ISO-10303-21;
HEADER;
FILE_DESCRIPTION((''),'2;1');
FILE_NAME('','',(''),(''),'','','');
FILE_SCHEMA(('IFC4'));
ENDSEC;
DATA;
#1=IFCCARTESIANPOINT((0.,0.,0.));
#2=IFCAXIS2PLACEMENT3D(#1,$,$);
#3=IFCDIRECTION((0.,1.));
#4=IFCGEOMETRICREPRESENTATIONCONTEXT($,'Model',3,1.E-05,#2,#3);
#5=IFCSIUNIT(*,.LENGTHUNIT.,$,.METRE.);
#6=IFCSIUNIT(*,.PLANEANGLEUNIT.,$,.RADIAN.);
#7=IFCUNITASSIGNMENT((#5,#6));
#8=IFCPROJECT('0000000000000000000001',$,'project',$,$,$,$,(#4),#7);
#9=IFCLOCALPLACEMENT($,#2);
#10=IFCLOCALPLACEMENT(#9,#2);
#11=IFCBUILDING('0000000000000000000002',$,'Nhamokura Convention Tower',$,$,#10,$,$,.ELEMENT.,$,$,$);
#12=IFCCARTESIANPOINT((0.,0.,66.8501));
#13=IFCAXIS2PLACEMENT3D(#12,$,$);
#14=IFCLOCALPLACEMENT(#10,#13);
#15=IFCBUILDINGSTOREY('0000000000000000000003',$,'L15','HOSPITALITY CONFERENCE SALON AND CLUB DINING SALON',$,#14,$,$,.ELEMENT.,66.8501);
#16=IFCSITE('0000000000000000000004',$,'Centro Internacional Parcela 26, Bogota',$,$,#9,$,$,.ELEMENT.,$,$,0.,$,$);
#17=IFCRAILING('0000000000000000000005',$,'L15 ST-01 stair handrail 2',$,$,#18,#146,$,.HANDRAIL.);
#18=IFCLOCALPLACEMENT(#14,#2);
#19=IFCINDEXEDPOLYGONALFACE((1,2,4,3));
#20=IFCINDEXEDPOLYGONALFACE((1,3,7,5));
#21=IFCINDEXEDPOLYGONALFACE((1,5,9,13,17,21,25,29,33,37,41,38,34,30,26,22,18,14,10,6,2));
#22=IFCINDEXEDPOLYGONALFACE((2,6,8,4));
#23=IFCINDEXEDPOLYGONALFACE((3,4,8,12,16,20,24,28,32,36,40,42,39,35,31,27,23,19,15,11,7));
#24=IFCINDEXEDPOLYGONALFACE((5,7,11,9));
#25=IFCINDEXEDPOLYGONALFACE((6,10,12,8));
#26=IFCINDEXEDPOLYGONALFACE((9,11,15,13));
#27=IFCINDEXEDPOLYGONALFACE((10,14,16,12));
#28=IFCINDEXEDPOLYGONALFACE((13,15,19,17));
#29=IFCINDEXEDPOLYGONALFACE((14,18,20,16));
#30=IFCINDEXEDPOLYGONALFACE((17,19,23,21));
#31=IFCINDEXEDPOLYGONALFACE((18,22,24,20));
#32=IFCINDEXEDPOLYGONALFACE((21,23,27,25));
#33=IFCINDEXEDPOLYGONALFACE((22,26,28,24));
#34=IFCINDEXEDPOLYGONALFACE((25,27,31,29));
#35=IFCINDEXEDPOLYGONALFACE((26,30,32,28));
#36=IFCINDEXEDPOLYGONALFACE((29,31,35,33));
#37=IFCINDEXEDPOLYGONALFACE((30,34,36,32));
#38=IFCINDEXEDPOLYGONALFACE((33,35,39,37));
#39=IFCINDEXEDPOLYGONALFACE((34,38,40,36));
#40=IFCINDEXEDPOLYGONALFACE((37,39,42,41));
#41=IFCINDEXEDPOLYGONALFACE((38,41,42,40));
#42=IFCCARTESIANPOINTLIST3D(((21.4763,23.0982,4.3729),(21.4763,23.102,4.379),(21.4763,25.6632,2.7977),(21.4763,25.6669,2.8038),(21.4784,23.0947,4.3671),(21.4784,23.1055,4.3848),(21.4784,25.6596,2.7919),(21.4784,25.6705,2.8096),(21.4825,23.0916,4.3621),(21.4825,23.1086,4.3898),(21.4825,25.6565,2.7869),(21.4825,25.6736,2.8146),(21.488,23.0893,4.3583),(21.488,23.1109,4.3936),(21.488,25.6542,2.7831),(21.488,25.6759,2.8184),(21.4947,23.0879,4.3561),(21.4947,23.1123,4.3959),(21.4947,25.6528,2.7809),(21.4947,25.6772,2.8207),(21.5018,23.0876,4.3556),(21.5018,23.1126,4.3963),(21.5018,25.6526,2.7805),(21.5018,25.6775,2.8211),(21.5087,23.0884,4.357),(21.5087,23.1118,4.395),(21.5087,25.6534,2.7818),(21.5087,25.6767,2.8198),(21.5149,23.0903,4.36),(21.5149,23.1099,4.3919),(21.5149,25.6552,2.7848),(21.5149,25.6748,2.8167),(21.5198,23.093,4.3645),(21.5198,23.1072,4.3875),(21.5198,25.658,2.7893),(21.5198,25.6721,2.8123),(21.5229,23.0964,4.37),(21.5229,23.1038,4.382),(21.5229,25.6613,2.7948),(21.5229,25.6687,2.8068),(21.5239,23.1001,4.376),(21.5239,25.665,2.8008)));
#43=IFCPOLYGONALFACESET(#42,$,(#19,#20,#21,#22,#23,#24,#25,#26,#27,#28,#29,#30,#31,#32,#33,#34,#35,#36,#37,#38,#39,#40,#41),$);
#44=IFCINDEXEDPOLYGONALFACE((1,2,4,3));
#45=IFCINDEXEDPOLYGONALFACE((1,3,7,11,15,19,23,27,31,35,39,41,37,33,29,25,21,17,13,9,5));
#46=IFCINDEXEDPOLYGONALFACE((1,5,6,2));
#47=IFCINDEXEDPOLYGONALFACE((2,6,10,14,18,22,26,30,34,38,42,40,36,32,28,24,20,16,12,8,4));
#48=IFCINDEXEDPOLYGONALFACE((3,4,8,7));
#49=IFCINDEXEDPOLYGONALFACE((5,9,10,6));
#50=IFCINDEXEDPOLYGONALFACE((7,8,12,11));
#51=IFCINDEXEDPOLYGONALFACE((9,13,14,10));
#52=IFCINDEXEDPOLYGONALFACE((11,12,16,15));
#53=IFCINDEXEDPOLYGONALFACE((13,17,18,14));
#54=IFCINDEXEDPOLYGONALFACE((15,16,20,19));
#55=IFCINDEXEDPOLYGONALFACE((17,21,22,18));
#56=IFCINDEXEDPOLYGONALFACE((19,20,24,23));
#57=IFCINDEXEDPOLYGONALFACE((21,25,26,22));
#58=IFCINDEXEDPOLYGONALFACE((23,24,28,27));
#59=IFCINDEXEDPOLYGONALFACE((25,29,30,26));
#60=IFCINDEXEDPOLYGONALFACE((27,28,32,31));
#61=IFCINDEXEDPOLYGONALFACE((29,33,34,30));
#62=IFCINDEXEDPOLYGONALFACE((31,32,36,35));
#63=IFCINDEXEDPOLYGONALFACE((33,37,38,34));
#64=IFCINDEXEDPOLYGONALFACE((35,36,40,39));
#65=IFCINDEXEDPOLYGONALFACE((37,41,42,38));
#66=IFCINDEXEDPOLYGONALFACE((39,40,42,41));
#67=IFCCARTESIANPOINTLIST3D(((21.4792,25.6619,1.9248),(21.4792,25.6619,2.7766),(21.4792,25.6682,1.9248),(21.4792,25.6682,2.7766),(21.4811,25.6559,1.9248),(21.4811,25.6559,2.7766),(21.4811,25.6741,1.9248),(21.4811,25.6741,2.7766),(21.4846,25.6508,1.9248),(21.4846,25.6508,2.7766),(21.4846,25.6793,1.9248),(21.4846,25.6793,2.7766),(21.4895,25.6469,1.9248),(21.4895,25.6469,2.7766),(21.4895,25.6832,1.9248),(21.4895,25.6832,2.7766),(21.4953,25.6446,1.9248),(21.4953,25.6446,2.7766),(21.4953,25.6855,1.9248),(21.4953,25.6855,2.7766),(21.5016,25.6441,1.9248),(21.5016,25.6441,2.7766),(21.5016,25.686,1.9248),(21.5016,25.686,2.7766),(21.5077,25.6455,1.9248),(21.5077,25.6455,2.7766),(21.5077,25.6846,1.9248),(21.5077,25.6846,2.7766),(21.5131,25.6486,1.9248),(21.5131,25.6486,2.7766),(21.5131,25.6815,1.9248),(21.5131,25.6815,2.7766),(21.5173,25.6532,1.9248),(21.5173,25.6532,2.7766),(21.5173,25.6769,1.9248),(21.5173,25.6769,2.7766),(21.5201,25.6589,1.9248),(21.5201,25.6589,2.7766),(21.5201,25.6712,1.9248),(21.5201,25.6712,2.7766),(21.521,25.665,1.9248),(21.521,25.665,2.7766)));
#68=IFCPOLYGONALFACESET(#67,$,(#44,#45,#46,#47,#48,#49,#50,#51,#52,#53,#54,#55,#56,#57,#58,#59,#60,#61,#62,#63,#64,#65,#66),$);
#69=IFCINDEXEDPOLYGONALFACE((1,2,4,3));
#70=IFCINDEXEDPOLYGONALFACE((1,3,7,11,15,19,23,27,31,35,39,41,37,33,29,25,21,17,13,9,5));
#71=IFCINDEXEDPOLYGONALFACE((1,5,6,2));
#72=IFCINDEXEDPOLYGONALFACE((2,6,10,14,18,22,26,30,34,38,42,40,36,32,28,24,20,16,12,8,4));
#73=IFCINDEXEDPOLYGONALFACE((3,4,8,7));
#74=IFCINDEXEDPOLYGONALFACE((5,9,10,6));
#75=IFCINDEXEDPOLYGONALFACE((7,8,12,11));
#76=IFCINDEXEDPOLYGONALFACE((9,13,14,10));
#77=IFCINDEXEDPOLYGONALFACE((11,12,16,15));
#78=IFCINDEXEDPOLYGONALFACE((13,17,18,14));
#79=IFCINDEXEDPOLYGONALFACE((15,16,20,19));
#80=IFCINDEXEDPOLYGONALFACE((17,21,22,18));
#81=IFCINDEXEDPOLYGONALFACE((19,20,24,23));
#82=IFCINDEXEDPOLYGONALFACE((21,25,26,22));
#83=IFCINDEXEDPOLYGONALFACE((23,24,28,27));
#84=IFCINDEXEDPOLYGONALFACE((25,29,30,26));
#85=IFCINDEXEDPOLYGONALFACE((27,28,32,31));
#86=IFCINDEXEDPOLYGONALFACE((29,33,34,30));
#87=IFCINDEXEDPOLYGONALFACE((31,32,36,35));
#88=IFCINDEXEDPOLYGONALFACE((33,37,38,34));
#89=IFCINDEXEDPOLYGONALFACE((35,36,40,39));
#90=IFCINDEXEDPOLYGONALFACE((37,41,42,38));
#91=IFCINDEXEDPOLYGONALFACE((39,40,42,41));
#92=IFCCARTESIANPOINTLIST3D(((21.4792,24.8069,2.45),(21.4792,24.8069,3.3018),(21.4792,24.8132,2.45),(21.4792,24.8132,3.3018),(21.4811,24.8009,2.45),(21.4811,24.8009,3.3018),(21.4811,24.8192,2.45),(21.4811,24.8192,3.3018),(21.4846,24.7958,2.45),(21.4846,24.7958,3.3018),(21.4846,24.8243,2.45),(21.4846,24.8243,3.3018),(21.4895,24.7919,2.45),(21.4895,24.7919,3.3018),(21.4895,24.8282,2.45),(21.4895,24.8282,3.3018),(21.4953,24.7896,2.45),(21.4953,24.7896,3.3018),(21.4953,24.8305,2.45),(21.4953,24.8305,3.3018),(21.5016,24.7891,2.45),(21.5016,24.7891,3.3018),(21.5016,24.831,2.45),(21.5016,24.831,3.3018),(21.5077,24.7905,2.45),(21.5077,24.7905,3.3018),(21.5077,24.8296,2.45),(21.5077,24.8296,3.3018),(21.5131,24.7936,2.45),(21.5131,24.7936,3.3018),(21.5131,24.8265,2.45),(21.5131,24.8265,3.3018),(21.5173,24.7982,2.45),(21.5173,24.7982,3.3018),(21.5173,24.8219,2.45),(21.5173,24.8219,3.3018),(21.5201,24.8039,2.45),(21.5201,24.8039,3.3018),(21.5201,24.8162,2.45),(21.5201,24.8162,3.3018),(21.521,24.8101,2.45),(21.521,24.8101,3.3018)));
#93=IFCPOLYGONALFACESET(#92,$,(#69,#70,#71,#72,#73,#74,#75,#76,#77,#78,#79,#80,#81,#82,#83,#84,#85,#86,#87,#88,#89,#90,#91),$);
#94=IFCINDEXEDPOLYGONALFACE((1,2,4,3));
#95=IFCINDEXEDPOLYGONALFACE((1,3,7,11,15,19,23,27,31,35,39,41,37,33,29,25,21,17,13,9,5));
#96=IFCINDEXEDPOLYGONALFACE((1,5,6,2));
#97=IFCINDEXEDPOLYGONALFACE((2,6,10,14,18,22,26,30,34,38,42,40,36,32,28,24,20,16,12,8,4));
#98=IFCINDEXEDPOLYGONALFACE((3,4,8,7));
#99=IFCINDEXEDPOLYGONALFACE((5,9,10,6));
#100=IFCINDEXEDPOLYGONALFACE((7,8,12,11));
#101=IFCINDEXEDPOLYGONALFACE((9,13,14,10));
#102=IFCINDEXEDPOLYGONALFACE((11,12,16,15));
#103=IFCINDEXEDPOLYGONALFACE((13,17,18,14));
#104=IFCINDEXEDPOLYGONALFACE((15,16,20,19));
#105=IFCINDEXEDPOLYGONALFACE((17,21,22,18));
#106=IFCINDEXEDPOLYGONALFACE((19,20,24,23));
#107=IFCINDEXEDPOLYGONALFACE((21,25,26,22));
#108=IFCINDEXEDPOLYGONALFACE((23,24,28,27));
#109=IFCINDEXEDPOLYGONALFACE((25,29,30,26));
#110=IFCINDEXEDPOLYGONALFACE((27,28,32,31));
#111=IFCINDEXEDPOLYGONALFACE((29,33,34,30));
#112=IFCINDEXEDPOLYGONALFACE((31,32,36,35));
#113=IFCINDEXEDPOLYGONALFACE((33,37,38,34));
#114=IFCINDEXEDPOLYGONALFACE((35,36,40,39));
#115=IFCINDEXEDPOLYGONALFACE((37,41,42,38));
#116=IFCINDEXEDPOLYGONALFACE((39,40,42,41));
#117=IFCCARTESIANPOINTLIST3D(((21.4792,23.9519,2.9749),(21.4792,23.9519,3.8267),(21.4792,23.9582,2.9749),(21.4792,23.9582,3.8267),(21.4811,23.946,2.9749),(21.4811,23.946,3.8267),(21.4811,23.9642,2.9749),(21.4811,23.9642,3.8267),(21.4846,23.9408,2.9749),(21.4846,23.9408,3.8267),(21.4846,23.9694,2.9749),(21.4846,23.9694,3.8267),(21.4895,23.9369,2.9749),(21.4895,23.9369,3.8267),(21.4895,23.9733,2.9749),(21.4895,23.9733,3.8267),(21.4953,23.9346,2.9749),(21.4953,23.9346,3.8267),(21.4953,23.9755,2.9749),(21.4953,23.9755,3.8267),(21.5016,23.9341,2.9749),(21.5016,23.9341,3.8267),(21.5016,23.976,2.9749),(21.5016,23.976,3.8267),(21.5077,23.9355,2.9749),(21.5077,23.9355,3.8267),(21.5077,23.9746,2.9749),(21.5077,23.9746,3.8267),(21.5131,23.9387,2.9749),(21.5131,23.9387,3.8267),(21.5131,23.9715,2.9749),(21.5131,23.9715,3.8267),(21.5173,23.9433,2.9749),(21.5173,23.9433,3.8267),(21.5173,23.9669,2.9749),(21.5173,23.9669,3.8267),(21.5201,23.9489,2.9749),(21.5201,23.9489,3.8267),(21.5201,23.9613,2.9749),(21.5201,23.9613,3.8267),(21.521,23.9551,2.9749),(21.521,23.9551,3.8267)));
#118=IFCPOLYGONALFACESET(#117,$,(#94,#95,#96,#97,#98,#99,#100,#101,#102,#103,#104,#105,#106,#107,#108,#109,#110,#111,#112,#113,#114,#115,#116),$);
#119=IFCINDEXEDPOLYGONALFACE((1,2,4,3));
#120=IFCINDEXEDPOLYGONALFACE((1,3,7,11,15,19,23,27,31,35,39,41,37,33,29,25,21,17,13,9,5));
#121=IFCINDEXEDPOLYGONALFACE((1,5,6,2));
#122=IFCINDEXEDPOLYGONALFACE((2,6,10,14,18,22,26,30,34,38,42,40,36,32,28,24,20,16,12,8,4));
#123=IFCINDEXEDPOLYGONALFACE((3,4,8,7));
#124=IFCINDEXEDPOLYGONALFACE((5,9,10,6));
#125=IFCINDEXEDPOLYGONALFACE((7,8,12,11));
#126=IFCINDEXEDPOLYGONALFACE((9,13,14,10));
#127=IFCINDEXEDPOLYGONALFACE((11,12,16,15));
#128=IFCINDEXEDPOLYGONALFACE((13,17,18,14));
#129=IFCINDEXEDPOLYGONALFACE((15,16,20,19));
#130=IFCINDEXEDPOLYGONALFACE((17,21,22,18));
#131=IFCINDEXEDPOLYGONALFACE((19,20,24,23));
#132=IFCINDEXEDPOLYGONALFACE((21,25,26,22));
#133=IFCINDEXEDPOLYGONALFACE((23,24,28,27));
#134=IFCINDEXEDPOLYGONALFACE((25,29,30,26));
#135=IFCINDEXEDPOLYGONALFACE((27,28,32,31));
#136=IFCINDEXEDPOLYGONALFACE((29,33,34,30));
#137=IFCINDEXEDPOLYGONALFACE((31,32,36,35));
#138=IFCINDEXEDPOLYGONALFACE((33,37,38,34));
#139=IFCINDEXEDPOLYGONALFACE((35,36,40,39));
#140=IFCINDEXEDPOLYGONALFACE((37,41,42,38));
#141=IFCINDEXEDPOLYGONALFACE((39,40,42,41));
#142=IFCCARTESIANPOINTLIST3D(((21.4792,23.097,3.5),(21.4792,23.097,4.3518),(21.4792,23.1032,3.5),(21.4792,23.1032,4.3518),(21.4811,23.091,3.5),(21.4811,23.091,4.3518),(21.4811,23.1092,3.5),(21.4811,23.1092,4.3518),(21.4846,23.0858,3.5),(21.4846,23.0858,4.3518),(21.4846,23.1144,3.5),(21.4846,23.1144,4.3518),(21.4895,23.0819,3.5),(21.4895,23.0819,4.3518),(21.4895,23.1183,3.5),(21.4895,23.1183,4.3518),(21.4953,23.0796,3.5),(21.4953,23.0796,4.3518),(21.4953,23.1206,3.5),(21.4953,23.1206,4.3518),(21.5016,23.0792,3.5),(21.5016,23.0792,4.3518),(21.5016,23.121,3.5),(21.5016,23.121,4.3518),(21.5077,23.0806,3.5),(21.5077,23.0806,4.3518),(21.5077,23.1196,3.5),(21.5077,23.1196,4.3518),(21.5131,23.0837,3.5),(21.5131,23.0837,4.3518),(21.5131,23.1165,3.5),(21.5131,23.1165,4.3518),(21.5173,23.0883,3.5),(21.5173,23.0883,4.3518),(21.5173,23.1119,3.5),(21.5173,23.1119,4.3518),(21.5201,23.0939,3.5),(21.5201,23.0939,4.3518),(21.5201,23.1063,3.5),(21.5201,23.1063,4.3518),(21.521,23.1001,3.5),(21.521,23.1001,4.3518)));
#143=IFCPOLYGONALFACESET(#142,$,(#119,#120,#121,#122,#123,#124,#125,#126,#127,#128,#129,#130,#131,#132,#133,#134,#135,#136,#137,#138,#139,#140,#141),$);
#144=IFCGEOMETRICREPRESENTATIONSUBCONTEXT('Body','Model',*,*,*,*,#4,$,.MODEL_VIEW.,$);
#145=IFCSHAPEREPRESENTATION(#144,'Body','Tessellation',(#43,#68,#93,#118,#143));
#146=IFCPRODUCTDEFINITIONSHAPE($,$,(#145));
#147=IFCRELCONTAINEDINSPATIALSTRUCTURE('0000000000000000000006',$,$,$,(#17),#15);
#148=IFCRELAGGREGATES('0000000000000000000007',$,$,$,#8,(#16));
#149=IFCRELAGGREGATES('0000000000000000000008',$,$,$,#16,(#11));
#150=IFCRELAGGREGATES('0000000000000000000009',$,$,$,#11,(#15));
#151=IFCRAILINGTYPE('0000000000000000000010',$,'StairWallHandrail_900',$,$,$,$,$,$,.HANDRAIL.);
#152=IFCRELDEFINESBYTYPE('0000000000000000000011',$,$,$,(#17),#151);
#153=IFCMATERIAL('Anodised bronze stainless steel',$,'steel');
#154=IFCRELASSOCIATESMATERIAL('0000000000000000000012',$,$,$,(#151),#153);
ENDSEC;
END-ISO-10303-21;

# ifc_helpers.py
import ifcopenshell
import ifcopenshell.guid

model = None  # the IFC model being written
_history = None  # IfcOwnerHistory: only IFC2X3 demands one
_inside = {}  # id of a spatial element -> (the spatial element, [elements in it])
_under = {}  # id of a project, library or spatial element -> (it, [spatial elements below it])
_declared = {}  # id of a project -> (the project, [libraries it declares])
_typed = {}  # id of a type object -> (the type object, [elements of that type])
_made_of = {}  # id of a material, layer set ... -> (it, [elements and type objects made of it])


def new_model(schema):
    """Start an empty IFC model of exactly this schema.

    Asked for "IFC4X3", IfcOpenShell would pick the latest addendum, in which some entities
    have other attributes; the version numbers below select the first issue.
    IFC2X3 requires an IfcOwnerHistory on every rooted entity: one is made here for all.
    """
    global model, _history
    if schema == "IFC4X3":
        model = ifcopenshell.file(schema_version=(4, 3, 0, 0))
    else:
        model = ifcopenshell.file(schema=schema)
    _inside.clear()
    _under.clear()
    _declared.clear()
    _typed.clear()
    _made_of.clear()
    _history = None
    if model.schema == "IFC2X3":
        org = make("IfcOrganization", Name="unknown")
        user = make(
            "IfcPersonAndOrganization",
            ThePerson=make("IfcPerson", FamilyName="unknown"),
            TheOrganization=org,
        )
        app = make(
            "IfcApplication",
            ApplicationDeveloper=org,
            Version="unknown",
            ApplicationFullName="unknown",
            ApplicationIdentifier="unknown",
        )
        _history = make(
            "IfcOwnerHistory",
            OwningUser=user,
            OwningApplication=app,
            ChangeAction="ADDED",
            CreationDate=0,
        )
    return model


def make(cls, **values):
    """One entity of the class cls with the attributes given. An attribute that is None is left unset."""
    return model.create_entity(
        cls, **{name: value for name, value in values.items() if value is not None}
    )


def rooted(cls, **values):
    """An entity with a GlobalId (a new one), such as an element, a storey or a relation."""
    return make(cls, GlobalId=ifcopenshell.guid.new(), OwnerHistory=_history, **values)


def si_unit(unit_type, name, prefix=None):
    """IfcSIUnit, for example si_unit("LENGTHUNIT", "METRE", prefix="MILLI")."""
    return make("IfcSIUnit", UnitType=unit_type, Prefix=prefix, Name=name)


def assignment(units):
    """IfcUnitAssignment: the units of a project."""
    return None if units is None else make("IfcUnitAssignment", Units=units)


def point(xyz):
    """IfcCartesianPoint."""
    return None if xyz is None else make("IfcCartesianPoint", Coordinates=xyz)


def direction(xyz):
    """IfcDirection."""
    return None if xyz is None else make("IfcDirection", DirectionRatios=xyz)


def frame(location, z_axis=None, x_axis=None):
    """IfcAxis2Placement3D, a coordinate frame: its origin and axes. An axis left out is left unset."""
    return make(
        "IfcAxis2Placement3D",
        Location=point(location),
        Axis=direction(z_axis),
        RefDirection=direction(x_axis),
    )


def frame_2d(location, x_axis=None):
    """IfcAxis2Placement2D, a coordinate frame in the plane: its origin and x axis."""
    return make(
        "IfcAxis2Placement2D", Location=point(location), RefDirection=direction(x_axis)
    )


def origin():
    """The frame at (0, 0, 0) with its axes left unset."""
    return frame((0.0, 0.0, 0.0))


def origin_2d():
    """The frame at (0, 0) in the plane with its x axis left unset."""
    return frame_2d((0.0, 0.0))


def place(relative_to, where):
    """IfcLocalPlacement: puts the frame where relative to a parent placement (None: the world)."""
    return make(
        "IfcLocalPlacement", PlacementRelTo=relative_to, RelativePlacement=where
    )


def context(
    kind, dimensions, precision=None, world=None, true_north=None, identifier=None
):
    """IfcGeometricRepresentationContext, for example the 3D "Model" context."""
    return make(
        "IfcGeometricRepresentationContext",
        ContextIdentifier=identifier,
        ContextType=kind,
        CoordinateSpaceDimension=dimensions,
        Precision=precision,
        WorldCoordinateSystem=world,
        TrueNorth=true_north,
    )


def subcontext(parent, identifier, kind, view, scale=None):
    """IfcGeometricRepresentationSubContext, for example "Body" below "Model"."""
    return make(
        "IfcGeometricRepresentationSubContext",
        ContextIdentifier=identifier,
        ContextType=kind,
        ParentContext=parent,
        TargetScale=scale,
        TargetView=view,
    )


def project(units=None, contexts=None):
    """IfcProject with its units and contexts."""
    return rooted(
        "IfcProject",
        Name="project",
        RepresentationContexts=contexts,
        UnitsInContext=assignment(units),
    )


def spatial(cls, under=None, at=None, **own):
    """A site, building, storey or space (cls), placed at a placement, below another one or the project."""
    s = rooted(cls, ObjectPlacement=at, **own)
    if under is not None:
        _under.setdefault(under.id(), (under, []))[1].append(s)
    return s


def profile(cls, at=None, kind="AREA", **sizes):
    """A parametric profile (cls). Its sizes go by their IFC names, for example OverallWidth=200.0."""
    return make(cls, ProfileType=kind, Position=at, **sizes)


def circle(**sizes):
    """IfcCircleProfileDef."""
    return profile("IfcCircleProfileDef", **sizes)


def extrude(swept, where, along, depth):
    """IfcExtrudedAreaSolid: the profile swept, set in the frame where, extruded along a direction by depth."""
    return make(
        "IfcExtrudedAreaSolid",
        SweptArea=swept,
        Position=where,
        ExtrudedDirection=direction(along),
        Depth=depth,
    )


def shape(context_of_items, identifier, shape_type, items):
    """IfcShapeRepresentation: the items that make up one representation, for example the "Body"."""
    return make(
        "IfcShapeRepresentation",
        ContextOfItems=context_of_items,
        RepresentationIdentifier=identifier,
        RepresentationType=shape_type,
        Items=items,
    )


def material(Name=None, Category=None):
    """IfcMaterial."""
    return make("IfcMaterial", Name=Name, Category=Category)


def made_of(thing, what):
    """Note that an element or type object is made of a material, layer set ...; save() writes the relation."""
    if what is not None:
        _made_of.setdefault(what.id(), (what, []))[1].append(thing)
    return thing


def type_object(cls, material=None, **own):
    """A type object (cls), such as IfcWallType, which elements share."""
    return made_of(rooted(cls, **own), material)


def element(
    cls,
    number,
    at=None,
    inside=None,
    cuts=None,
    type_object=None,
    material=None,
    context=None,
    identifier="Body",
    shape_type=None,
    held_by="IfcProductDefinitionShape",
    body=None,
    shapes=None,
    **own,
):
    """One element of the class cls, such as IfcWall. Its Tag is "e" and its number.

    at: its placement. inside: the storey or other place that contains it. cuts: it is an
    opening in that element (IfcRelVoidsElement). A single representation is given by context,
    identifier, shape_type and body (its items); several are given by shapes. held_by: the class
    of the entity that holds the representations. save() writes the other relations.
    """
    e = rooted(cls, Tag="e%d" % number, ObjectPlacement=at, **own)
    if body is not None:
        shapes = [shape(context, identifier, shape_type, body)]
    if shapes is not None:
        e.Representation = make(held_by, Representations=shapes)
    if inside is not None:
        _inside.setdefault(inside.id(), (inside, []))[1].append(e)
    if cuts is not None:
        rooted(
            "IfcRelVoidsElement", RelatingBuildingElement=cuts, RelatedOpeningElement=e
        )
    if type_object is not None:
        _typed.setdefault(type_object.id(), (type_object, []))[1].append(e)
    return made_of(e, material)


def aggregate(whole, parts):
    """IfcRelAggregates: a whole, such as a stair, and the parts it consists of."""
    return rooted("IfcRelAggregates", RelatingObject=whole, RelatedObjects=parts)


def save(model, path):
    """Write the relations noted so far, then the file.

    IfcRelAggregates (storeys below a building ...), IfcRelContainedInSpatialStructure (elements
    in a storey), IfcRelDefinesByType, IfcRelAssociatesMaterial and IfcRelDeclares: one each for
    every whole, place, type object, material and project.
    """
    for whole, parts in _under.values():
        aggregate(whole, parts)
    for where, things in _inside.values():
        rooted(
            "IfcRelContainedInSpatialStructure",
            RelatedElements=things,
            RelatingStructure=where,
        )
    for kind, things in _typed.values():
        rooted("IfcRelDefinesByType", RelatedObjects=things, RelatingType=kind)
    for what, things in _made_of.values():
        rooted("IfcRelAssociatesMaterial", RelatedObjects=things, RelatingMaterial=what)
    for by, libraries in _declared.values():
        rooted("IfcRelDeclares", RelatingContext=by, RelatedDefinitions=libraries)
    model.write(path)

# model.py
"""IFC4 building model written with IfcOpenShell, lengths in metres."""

from ifc_helpers import new_model, si_unit, direction, frame, origin, origin_2d, place, context, subcontext, project, spatial, circle, extrude, material, type_object, element, save


model = new_model("IFC4")

# Units and contexts
model_context = context("Model", 3, precision=1e-05, world=origin(), true_north=direction((0.0, 1.0)))
body_context = subcontext(model_context, "Body", "Model", "MODEL_VIEW")
ifc_project = project(units=[si_unit("LENGTHUNIT", "METRE"), si_unit("PLANEANGLEUNIT", "RADIAN")], contexts=[model_context])

# Site, building, storey
site_placement = place(None, origin())
site = spatial("IfcSite", under=ifc_project, at=site_placement, Name="Centro Internacional Parcela 26, Bogota", CompositionType="ELEMENT", RefElevation=0.0)
building_placement = place(site_placement, origin())
building = spatial("IfcBuilding", under=site, at=building_placement, Name="Nhamokura Convention Tower", CompositionType="ELEMENT")
storey_placement = place(building_placement, frame((0.0, 0.0, 66.8501)))
storey = spatial("IfcBuildingStorey", under=building, at=storey_placement, Name="L15", Description="HOSPITALITY CONFERENCE SALON AND CLUB DINING SALON", CompositionType="ELEMENT", Elevation=66.8501)

# Railing
ifc_material_1 = material(Name="Anodised bronze stainless steel", Category="steel")
railing_type_1 = type_object("IfcRailingType", Name="StairWallHandrail_900", PredefinedType="HANDRAIL", material=ifc_material_1)
railing_1_placement = place(storey_placement, frame((21.5, 25.665, 1.9248)))
element("IfcRailing", 1, at=railing_1_placement, inside=storey, type_object=railing_type_1, Name="L15 ST-01 stair handrail 2", PredefinedType="HANDRAIL", context=body_context, shape_type="SweptSolid", body=[
    extrude(circle(Radius=0.0239, at=origin_2d()), frame((0.0, 0.0, 0.876), z_axis=(0.0, -0.852137, 0.523319), x_axis=(1.0, 0.0, 0.0)), (0.0, 0.0, 1.0), 3.01),
    extrude(circle(Radius=0.021, at=origin_2d()), origin(), (0.0, 0.0, 1.0), 0.8518),
    extrude(circle(Radius=0.021, at=origin_2d()), frame((0.0, -0.855, 0.5251)), (0.0, 0.0, 1.0), 0.8518),
    extrude(circle(Radius=0.021, at=origin_2d()), frame((0.0, -1.71, 1.05)), (0.0, 0.0, 1.0), 0.8518),
    extrude(circle(Radius=0.021, at=origin_2d()), frame((0.0, -2.5649, 1.5752)), (0.0, 0.0, 1.0), 0.8518),
])

save(model, "model.ifc")
